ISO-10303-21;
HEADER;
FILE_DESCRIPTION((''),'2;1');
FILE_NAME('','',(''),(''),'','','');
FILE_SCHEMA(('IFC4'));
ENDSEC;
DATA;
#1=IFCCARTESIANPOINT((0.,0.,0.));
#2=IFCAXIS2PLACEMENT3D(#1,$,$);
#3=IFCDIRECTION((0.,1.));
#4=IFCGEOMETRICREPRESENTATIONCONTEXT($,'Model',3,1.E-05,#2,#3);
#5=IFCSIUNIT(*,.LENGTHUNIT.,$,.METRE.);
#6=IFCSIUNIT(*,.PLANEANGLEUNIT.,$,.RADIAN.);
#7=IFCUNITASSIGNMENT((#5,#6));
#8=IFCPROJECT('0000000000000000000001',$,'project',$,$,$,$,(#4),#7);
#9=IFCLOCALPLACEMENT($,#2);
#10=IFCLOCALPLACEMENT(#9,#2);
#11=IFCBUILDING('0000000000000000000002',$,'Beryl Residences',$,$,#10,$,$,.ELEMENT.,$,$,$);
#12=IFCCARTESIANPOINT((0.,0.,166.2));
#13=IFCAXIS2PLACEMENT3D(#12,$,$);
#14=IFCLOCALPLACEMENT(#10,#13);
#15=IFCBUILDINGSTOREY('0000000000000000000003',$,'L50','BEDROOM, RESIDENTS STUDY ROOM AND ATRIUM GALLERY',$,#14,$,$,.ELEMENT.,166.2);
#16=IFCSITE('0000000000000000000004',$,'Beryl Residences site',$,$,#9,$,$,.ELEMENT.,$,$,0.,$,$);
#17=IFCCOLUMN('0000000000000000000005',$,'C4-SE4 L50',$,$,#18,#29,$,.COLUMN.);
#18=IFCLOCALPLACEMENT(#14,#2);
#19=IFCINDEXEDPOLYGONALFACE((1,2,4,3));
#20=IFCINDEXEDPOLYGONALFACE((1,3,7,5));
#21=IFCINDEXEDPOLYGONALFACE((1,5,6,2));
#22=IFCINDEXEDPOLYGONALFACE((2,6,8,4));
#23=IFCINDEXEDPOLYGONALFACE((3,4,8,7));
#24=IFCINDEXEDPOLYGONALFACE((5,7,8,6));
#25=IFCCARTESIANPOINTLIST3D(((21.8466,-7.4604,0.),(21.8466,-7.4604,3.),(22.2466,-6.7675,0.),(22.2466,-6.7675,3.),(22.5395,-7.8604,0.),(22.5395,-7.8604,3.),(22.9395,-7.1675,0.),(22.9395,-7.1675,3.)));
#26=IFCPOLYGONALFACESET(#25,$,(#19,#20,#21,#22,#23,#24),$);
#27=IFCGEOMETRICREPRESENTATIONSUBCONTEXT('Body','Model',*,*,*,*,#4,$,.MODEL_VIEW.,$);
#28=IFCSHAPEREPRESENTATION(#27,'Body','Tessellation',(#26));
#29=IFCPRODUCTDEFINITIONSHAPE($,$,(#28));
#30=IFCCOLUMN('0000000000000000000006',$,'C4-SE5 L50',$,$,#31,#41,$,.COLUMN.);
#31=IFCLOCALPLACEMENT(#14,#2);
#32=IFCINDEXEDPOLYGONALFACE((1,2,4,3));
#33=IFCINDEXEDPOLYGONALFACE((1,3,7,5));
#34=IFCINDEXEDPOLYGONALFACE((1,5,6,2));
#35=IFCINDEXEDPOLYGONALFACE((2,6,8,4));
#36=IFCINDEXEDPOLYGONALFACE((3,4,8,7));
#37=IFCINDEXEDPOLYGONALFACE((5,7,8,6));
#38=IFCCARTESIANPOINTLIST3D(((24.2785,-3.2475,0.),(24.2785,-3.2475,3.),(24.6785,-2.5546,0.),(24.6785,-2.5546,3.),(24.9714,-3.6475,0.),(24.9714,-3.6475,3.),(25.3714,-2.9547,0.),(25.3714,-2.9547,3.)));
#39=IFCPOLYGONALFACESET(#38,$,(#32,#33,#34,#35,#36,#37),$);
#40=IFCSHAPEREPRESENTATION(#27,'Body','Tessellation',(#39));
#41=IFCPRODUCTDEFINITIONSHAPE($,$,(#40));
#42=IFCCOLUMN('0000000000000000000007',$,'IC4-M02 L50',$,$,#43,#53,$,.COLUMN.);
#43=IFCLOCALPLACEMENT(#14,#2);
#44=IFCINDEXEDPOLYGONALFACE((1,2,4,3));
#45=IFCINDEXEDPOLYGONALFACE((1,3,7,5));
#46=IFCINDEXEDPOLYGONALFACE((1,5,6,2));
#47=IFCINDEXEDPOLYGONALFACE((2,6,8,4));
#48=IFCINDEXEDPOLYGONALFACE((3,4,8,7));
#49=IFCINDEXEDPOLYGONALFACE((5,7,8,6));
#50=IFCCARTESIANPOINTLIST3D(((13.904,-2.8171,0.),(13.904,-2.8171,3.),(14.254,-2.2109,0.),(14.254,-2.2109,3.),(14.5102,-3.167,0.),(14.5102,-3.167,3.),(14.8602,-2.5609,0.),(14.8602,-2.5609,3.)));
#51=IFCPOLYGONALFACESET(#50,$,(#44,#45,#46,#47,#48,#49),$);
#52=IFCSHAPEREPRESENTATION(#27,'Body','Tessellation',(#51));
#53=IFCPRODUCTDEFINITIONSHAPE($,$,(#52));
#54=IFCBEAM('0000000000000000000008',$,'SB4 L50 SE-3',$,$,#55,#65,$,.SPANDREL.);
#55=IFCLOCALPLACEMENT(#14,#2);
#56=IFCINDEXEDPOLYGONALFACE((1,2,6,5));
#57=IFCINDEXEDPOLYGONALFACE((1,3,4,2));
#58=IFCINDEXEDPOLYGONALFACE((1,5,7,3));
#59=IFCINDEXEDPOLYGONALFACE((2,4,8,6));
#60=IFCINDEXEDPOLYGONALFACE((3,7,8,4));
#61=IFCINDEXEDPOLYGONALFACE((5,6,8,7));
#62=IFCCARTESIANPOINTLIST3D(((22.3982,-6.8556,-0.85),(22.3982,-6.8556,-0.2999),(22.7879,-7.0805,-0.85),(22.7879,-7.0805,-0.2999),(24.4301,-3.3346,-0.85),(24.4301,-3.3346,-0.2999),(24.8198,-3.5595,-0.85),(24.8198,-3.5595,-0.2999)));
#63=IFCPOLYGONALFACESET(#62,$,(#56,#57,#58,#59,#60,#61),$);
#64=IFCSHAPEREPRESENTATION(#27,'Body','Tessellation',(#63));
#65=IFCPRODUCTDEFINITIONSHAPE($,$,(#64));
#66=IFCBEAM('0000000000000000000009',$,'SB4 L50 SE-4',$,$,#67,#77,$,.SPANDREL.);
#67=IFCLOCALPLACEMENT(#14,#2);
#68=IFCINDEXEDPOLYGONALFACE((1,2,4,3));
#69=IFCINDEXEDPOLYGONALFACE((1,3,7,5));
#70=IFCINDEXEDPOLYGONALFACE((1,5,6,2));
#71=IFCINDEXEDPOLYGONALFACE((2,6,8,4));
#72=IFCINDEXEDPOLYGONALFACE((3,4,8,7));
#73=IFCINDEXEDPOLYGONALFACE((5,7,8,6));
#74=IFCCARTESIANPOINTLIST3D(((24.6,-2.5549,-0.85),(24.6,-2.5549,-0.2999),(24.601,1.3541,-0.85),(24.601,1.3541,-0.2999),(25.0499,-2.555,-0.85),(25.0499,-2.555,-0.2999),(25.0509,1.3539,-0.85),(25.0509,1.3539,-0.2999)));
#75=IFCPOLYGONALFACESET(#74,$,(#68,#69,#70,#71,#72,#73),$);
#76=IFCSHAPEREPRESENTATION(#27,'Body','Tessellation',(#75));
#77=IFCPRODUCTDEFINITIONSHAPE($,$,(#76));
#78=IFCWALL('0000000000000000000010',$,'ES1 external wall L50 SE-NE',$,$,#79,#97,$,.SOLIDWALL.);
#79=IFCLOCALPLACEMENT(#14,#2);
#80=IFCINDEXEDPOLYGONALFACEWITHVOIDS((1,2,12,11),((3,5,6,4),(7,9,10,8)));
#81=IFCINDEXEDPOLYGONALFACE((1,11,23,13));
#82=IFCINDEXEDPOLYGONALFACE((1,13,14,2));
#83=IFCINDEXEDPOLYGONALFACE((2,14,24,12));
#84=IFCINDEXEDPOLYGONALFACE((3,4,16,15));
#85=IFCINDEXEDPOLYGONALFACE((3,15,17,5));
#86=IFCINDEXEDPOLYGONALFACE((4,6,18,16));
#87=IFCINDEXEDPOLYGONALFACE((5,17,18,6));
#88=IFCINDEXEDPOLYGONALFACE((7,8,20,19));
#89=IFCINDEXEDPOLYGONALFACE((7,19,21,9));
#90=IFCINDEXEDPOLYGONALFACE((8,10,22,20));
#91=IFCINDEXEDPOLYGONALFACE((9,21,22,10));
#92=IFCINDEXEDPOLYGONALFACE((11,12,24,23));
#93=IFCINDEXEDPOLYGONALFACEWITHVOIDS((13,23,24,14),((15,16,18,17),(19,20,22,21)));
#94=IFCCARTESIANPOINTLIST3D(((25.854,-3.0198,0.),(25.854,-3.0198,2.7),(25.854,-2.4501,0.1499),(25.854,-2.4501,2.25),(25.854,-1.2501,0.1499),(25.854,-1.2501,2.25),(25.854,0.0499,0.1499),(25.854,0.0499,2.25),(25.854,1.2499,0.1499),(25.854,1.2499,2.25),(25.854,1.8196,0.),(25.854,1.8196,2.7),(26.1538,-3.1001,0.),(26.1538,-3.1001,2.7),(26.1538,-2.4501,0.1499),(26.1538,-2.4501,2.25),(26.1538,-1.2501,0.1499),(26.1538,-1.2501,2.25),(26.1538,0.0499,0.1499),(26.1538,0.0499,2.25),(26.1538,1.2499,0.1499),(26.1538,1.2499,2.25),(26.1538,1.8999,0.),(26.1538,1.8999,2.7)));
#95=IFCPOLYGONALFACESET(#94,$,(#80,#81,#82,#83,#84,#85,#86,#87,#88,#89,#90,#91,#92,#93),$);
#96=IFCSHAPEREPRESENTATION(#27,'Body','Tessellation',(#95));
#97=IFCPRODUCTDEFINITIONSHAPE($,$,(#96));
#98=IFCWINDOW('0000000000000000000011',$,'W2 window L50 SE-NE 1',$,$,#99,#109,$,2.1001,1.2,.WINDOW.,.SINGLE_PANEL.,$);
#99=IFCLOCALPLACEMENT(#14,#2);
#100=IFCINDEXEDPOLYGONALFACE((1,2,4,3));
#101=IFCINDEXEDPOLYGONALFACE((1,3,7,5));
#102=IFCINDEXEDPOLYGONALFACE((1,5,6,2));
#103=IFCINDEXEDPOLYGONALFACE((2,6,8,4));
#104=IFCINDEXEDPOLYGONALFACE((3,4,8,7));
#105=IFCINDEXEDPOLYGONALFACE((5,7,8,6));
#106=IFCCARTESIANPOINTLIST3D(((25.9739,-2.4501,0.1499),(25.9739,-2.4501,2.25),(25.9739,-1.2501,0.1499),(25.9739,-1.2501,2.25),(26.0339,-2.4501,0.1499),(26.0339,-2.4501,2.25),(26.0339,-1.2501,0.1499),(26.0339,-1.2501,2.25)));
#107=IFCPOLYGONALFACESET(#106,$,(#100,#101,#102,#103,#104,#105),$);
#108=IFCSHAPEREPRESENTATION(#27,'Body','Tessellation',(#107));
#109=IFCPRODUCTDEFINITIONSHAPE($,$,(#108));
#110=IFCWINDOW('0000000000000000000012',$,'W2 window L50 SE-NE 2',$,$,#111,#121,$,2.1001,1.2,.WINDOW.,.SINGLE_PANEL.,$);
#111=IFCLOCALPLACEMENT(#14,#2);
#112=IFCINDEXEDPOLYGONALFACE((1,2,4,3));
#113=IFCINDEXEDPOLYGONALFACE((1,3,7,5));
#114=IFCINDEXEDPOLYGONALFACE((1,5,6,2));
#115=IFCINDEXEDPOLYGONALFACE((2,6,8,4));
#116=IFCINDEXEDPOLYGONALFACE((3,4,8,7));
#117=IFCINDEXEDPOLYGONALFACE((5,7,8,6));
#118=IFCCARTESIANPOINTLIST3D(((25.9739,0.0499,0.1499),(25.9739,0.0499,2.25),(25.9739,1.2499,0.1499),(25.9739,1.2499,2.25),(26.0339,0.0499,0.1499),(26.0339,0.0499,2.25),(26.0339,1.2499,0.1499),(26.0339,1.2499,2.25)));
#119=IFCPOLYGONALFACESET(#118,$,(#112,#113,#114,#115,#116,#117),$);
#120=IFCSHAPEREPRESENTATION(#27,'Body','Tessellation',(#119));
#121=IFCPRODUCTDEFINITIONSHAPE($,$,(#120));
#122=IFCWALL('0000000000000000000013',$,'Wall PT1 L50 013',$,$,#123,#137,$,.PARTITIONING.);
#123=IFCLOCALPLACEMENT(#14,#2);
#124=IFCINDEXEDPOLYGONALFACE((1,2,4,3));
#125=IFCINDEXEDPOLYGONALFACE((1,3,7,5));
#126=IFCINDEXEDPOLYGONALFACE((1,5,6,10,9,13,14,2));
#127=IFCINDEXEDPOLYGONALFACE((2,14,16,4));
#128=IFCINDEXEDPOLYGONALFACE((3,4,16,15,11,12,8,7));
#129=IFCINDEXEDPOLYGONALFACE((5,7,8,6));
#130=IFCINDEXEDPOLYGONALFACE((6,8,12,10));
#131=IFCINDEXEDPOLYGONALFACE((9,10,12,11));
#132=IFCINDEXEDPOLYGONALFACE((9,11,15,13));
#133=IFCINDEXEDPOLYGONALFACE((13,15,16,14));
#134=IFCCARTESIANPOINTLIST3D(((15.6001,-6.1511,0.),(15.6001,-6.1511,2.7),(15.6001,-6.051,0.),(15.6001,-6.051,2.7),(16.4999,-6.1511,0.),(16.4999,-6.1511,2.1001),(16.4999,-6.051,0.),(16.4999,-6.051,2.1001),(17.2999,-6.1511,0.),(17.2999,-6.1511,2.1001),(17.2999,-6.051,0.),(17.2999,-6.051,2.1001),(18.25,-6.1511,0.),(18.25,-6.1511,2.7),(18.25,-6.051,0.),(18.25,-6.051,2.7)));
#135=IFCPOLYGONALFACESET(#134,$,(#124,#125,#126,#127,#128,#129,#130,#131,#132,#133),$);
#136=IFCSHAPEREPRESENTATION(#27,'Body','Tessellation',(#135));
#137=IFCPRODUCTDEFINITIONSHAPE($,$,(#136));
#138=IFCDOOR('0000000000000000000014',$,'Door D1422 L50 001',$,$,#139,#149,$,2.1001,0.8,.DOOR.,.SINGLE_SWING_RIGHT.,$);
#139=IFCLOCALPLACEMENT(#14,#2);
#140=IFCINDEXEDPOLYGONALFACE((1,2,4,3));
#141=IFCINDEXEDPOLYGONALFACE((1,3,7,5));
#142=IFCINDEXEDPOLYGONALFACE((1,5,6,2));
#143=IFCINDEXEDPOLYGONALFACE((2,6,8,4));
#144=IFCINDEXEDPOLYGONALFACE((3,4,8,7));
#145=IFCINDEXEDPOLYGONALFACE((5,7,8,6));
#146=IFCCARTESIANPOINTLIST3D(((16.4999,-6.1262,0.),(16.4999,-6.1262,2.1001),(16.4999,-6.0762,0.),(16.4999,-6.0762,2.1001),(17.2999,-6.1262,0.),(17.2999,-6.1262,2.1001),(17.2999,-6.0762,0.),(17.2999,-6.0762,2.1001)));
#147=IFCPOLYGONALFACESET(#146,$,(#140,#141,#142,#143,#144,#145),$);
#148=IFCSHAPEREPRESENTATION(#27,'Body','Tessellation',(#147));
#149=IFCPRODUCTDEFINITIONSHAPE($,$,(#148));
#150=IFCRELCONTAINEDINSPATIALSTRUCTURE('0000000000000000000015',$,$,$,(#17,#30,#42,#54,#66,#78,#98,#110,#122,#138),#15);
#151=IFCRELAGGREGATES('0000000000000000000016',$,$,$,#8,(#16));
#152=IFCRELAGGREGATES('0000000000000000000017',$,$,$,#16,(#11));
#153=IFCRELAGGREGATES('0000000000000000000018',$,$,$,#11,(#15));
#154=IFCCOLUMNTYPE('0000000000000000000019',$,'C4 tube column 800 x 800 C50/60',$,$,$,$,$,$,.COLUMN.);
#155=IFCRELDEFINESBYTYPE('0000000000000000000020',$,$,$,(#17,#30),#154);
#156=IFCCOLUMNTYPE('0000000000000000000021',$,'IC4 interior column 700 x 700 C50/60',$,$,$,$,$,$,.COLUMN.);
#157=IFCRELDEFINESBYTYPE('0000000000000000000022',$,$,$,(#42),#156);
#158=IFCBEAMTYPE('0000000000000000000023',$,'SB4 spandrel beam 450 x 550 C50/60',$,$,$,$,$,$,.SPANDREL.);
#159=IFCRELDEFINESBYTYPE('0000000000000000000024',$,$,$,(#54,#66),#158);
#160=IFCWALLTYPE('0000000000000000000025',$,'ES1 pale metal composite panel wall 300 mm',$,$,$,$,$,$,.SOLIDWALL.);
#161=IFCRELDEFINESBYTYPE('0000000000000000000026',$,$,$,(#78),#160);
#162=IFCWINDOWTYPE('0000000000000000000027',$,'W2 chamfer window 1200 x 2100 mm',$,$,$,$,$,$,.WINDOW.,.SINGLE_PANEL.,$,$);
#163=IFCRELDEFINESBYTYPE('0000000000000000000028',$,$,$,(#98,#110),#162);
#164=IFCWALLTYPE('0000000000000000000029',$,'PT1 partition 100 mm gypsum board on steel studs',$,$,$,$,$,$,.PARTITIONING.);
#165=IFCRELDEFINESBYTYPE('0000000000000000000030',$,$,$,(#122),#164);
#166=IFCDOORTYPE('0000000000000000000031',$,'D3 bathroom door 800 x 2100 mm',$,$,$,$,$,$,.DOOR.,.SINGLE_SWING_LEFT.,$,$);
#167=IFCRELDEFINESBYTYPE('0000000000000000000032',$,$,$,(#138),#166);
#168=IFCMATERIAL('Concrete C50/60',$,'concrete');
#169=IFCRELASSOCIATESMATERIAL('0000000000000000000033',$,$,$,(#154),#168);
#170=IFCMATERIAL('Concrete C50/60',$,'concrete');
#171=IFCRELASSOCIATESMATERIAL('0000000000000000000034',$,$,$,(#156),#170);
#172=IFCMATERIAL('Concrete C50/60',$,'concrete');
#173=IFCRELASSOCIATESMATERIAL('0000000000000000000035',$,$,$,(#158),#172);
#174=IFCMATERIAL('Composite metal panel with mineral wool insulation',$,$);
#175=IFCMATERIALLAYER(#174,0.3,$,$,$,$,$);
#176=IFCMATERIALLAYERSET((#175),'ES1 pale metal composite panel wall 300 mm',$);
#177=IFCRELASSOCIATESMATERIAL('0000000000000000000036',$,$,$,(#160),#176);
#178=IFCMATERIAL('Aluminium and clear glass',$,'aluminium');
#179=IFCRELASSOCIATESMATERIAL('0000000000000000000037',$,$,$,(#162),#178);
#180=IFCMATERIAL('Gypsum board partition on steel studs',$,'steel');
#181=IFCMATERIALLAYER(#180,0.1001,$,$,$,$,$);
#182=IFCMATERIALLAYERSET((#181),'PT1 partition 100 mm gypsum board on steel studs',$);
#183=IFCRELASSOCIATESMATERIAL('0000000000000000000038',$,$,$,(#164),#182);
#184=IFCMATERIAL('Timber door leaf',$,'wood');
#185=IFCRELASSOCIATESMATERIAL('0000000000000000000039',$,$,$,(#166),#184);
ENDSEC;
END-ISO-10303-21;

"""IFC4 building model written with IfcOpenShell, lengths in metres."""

from ifc_helpers import new_model, si_unit, direction, frame, frame_2d, origin, origin_2d, place, context, subcontext, project, spatial, polyline, rectangle, outline, extrude, material, layer, layer_set, material_profile, profile_set, type_object, element, fill, save


model = new_model("IFC4")

# Units and contexts
model_context = context("Model", 3, precision=1e-05, world=origin(), true_north=direction((0.0, 1.0)))
body_context = subcontext(model_context, "Body", "Model", "MODEL_VIEW")
ifc_project = project(units=[si_unit("LENGTHUNIT", "METRE"), si_unit("PLANEANGLEUNIT", "RADIAN")], contexts=[model_context])

# Site, building, storey
site_placement = place(None, origin())
site = spatial("IfcSite", under=ifc_project, at=site_placement, Name="Beryl Residences site", CompositionType="ELEMENT", RefElevation=0.0)
building_placement = place(site_placement, origin())
building = spatial("IfcBuilding", under=site, at=building_placement, Name="Beryl Residences", CompositionType="ELEMENT")
storey_placement = place(building_placement, frame((0.0, 0.0, 166.2)))
storey = spatial("IfcBuildingStorey", under=building, at=storey_placement, Name="L50", Description="BEDROOM, RESIDENTS STUDY ROOM AND ATRIUM GALLERY", CompositionType="ELEMENT", Elevation=166.2)

# Columns
ifc_material_1 = material(Name="Concrete C50/60", Category="concrete")
ifc_material_profile_1 = material_profile(ifc_material_1, rectangle(XDim=0.8, YDim=0.8, at=origin_2d()))
ifc_profile_set_1 = profile_set([ifc_material_profile_1], Name="Concrete C50/60")
column_type_1 = type_object("IfcColumnType", Name="C4 tube column 800 x 800 C50/60", PredefinedType="COLUMN", material=ifc_profile_set_1)
for number, where, z_axis, x_axis, name in (
    (1, (22.3931, -7.314, 0.0), (0.0, 0.0, 1.0), (0.5, 0.866025, 0.0), "C4-SE4 L50"),
    (2, (24.825, -3.1011, 0.0), (0.0, 0.0, 1.0), (0.5, 0.866025, 0.0), "C4-SE5 L50"),
):
    element("IfcColumn", number, at=place(storey_placement, frame(where, z_axis=z_axis, x_axis=x_axis)), inside=storey, type_object=column_type_1, Name=name, PredefinedType="COLUMN", context=body_context, shape_type="SweptSolid", body=[
        extrude(rectangle(XDim=0.8, YDim=0.8, at=origin_2d()), origin(), (0.0, 0.0, 1.0), 3.0),
    ])
ifc_material_2 = material(Name="Concrete C50/60", Category="concrete")
ifc_material_profile_2 = material_profile(ifc_material_2, rectangle(XDim=0.7, YDim=0.7, at=origin_2d()))
ifc_profile_set_2 = profile_set([ifc_material_profile_2], Name="Concrete C50/60")
column_type_2 = type_object("IfcColumnType", Name="IC4 interior column 700 x 700 C50/60", PredefinedType="COLUMN", material=ifc_profile_set_2)
column_placement = place(storey_placement, frame((14.3821, -2.689, 0.0), z_axis=(0.0, 0.0, 1.0), x_axis=(0.5, 0.866025, 0.0)))
element("IfcColumn", 3, at=column_placement, inside=storey, type_object=column_type_2, Name="IC4-M02 L50", PredefinedType="COLUMN", context=body_context, shape_type="SweptSolid", body=[
    extrude(rectangle(XDim=0.7, YDim=0.7, at=origin_2d()), origin(), (0.0, 0.0, 1.0), 3.0),
])

# Beams
ifc_material_3 = material(Name="Concrete C50/60", Category="concrete")
ifc_material_profile_3 = material_profile(ifc_material_3, rectangle(XDim=0.45, YDim=0.55, at=origin_2d()))
ifc_profile_set_3 = profile_set([ifc_material_profile_3], Name="Concrete C50/60")
beam_type = type_object("IfcBeamType", Name="SB4 spandrel beam 450 x 550 C50/60", PredefinedType="SPANDREL", material=ifc_profile_set_3)
beam_1_placement = place(storey_placement, frame((22.593, -6.968, -0.575), z_axis=(0.49984, 0.866118, 0.0), x_axis=(-0.866118, 0.49984, 0.0)))
element("IfcBeam", 4, at=beam_1_placement, inside=storey, type_object=beam_type, Name="SB4 L50 SE-3", PredefinedType="SPANDREL", context=body_context, shape_type="SweptSolid", body=[
    extrude(rectangle(XDim=0.45, YDim=0.55, at=origin_2d()), origin(), (0.0, 0.0, 1.0), 4.0652),
])
beam_2_placement = place(storey_placement, frame((24.825, -2.5549, -0.575), z_axis=(0.00025, 1.0, 0.0), x_axis=(-1.0, 0.00025, 0.0)))
element("IfcBeam", 5, at=beam_2_placement, inside=storey, type_object=beam_type, Name="SB4 L50 SE-4", PredefinedType="SPANDREL", context=body_context, shape_type="SweptSolid", body=[
    extrude(rectangle(XDim=0.45, YDim=0.55, at=origin_2d()), origin(), (0.0, 0.0, 1.0), 3.9089),
])

# Wall, openings, windows
ifc_material_4 = material(Name="Composite metal panel with mineral wool insulation")
ifc_layer_1 = layer(ifc_material_4, 0.3)
ifc_layer_set_1 = layer_set([ifc_layer_1], Name="ES1 pale metal composite panel wall 300 mm")
wall_type_1 = type_object("IfcWallType", Name="ES1 pale metal composite panel wall 300 mm", PredefinedType="SOLIDWALL", material=ifc_layer_set_1)
wall_1_placement = place(storey_placement, frame((26.0039, -3.1001, 0.0), z_axis=(0.0, 0.0, 1.0), x_axis=(0.0, 1.0, 0.0)))
wall_1 = element("IfcWall", 6, at=wall_1_placement, inside=storey, type_object=wall_type_1, Name="ES1 external wall L50 SE-NE", PredefinedType="SOLIDWALL", context=body_context, shape_type="SweptSolid", body=[
    extrude(outline(polyline([(0.0, -0.1499), (5.0, -0.1499), (4.9197, 0.1499), (0.0803, 0.1499), (0.0, -0.1499)])), origin(), (0.0, 0.0, 1.0), 2.7),
])
opening_1_placement = place(wall_1_placement, frame((0.6499, 0.0, 0.1499)))
opening_1 = element("IfcOpeningElement", 7, at=opening_1_placement, cuts=wall_1, PredefinedType="OPENING", context=body_context, shape_type="SweptSolid", body=[
    extrude(rectangle(XDim=1.2, YDim=2.1001, at=frame_2d((0.6001, 1.05))), frame((0.0, 0.1599, 0.0), z_axis=(0.0, -1.0, 0.0), x_axis=(1.0, 0.0, 0.0)), (0.0, 0.0, 1.0), 0.3201),
])
opening_2_placement = place(wall_1_placement, frame((3.1499, 0.0, 0.1499)))
opening_2 = element("IfcOpeningElement", 8, at=opening_2_placement, cuts=wall_1, PredefinedType="OPENING", context=body_context, shape_type="SweptSolid", body=[
    extrude(rectangle(XDim=1.2, YDim=2.1001, at=frame_2d((0.6001, 1.05))), frame((0.0, 0.1599, 0.0), z_axis=(0.0, -1.0, 0.0), x_axis=(1.0, 0.0, 0.0)), (0.0, 0.0, 1.0), 0.3201),
])
ifc_material_5 = material(Name="Aluminium and clear glass", Category="aluminium")
window_type = type_object("IfcWindowType", Name="W2 chamfer window 1200 x 2100 mm", PartitioningType="SINGLE_PANEL", PredefinedType="WINDOW", material=ifc_material_5)
window_1_placement = place(opening_1_placement, origin())
window_1 = element("IfcWindow", 9, at=window_1_placement, inside=storey, type_object=window_type, Name="W2 window L50 SE-NE 1", OverallHeight=2.1001, OverallWidth=1.2, PartitioningType="SINGLE_PANEL", PredefinedType="WINDOW", context=body_context, shape_type="SweptSolid", body=[
    extrude(rectangle(XDim=1.2, YDim=2.1001, at=frame_2d((0.6001, 1.05))), frame((0.0, 0.03, 0.0), z_axis=(0.0, -1.0, 0.0), x_axis=(1.0, 0.0, 0.0)), (0.0, 0.0, 1.0), 0.0601),
])
fill(opening_1, window_1)
window_2_placement = place(opening_2_placement, origin())
window_2 = element("IfcWindow", 10, at=window_2_placement, inside=storey, type_object=window_type, Name="W2 window L50 SE-NE 2", OverallHeight=2.1001, OverallWidth=1.2, PartitioningType="SINGLE_PANEL", PredefinedType="WINDOW", context=body_context, shape_type="SweptSolid", body=[
    extrude(rectangle(XDim=1.2, YDim=2.1001, at=frame_2d((0.6001, 1.05))), frame((0.0, 0.03, 0.0), z_axis=(0.0, -1.0, 0.0), x_axis=(1.0, 0.0, 0.0)), (0.0, 0.0, 1.0), 0.0601),
])
fill(opening_2, window_2)

# Wall, opening, door
ifc_material_6 = material(Name="Gypsum board partition on steel studs", Category="steel")
ifc_layer_2 = layer(ifc_material_6, 0.1001)
ifc_layer_set_2 = layer_set([ifc_layer_2], Name="PT1 partition 100 mm gypsum board on steel studs")
wall_type_2 = type_object("IfcWallType", Name="PT1 partition 100 mm gypsum board on steel studs", PredefinedType="PARTITIONING", material=ifc_layer_set_2)
wall_2_placement = place(storey_placement, frame((15.6001, -6.1011, 0.0), z_axis=(0.0, 0.0, 1.0), x_axis=(1.0, 0.0, 0.0)))
wall_2 = element("IfcWall", 11, at=wall_2_placement, inside=storey, type_object=wall_type_2, Name="Wall PT1 L50 013", PredefinedType="PARTITIONING", context=body_context, shape_type="SweptSolid", body=[
    extrude(rectangle(XDim=2.6499, YDim=0.1001, at=frame_2d((1.325, 0.0))), origin(), (0.0, 0.0, 1.0), 2.7),
])
opening_3_placement = place(wall_2_placement, frame((0.8999, 0.0, 0.0)))
opening_3 = element("IfcOpeningElement", 12, at=opening_3_placement, cuts=wall_2, PredefinedType="OPENING", context=body_context, shape_type="SweptSolid", body=[
    extrude(rectangle(XDim=0.8, YDim=2.1001, at=frame_2d((0.3999, 1.05))), frame((0.0, 0.0601, 0.0), z_axis=(0.0, -1.0, 0.0), x_axis=(1.0, 0.0, 0.0)), (0.0, 0.0, 1.0), 0.1201),
])
ifc_material_7 = material(Name="Timber door leaf", Category="wood")
door_type_1 = type_object("IfcDoorType", Name="D3 bathroom door 800 x 2100 mm", OperationType="SINGLE_SWING_LEFT", PredefinedType="DOOR", material=ifc_material_7)
door_1_placement = place(opening_3_placement, origin())
door_1 = element("IfcDoor", 13, at=door_1_placement, inside=storey, type_object=door_type_1, Name="Door D1422 L50 001", OperationType="SINGLE_SWING_RIGHT", OverallHeight=2.1001, OverallWidth=0.8, PredefinedType="DOOR", context=body_context, shape_type="SweptSolid", body=[
    extrude(rectangle(XDim=0.8, YDim=2.1001, at=frame_2d((0.3999, 1.05))), frame((0.0, 0.0249, 0.0), z_axis=(0.0, -1.0, 0.0), x_axis=(1.0, 0.0, 0.0)), (0.0, 0.0, 1.0), 0.05),
])
fill(opening_3, door_1)

save(model, "model.ifc")
